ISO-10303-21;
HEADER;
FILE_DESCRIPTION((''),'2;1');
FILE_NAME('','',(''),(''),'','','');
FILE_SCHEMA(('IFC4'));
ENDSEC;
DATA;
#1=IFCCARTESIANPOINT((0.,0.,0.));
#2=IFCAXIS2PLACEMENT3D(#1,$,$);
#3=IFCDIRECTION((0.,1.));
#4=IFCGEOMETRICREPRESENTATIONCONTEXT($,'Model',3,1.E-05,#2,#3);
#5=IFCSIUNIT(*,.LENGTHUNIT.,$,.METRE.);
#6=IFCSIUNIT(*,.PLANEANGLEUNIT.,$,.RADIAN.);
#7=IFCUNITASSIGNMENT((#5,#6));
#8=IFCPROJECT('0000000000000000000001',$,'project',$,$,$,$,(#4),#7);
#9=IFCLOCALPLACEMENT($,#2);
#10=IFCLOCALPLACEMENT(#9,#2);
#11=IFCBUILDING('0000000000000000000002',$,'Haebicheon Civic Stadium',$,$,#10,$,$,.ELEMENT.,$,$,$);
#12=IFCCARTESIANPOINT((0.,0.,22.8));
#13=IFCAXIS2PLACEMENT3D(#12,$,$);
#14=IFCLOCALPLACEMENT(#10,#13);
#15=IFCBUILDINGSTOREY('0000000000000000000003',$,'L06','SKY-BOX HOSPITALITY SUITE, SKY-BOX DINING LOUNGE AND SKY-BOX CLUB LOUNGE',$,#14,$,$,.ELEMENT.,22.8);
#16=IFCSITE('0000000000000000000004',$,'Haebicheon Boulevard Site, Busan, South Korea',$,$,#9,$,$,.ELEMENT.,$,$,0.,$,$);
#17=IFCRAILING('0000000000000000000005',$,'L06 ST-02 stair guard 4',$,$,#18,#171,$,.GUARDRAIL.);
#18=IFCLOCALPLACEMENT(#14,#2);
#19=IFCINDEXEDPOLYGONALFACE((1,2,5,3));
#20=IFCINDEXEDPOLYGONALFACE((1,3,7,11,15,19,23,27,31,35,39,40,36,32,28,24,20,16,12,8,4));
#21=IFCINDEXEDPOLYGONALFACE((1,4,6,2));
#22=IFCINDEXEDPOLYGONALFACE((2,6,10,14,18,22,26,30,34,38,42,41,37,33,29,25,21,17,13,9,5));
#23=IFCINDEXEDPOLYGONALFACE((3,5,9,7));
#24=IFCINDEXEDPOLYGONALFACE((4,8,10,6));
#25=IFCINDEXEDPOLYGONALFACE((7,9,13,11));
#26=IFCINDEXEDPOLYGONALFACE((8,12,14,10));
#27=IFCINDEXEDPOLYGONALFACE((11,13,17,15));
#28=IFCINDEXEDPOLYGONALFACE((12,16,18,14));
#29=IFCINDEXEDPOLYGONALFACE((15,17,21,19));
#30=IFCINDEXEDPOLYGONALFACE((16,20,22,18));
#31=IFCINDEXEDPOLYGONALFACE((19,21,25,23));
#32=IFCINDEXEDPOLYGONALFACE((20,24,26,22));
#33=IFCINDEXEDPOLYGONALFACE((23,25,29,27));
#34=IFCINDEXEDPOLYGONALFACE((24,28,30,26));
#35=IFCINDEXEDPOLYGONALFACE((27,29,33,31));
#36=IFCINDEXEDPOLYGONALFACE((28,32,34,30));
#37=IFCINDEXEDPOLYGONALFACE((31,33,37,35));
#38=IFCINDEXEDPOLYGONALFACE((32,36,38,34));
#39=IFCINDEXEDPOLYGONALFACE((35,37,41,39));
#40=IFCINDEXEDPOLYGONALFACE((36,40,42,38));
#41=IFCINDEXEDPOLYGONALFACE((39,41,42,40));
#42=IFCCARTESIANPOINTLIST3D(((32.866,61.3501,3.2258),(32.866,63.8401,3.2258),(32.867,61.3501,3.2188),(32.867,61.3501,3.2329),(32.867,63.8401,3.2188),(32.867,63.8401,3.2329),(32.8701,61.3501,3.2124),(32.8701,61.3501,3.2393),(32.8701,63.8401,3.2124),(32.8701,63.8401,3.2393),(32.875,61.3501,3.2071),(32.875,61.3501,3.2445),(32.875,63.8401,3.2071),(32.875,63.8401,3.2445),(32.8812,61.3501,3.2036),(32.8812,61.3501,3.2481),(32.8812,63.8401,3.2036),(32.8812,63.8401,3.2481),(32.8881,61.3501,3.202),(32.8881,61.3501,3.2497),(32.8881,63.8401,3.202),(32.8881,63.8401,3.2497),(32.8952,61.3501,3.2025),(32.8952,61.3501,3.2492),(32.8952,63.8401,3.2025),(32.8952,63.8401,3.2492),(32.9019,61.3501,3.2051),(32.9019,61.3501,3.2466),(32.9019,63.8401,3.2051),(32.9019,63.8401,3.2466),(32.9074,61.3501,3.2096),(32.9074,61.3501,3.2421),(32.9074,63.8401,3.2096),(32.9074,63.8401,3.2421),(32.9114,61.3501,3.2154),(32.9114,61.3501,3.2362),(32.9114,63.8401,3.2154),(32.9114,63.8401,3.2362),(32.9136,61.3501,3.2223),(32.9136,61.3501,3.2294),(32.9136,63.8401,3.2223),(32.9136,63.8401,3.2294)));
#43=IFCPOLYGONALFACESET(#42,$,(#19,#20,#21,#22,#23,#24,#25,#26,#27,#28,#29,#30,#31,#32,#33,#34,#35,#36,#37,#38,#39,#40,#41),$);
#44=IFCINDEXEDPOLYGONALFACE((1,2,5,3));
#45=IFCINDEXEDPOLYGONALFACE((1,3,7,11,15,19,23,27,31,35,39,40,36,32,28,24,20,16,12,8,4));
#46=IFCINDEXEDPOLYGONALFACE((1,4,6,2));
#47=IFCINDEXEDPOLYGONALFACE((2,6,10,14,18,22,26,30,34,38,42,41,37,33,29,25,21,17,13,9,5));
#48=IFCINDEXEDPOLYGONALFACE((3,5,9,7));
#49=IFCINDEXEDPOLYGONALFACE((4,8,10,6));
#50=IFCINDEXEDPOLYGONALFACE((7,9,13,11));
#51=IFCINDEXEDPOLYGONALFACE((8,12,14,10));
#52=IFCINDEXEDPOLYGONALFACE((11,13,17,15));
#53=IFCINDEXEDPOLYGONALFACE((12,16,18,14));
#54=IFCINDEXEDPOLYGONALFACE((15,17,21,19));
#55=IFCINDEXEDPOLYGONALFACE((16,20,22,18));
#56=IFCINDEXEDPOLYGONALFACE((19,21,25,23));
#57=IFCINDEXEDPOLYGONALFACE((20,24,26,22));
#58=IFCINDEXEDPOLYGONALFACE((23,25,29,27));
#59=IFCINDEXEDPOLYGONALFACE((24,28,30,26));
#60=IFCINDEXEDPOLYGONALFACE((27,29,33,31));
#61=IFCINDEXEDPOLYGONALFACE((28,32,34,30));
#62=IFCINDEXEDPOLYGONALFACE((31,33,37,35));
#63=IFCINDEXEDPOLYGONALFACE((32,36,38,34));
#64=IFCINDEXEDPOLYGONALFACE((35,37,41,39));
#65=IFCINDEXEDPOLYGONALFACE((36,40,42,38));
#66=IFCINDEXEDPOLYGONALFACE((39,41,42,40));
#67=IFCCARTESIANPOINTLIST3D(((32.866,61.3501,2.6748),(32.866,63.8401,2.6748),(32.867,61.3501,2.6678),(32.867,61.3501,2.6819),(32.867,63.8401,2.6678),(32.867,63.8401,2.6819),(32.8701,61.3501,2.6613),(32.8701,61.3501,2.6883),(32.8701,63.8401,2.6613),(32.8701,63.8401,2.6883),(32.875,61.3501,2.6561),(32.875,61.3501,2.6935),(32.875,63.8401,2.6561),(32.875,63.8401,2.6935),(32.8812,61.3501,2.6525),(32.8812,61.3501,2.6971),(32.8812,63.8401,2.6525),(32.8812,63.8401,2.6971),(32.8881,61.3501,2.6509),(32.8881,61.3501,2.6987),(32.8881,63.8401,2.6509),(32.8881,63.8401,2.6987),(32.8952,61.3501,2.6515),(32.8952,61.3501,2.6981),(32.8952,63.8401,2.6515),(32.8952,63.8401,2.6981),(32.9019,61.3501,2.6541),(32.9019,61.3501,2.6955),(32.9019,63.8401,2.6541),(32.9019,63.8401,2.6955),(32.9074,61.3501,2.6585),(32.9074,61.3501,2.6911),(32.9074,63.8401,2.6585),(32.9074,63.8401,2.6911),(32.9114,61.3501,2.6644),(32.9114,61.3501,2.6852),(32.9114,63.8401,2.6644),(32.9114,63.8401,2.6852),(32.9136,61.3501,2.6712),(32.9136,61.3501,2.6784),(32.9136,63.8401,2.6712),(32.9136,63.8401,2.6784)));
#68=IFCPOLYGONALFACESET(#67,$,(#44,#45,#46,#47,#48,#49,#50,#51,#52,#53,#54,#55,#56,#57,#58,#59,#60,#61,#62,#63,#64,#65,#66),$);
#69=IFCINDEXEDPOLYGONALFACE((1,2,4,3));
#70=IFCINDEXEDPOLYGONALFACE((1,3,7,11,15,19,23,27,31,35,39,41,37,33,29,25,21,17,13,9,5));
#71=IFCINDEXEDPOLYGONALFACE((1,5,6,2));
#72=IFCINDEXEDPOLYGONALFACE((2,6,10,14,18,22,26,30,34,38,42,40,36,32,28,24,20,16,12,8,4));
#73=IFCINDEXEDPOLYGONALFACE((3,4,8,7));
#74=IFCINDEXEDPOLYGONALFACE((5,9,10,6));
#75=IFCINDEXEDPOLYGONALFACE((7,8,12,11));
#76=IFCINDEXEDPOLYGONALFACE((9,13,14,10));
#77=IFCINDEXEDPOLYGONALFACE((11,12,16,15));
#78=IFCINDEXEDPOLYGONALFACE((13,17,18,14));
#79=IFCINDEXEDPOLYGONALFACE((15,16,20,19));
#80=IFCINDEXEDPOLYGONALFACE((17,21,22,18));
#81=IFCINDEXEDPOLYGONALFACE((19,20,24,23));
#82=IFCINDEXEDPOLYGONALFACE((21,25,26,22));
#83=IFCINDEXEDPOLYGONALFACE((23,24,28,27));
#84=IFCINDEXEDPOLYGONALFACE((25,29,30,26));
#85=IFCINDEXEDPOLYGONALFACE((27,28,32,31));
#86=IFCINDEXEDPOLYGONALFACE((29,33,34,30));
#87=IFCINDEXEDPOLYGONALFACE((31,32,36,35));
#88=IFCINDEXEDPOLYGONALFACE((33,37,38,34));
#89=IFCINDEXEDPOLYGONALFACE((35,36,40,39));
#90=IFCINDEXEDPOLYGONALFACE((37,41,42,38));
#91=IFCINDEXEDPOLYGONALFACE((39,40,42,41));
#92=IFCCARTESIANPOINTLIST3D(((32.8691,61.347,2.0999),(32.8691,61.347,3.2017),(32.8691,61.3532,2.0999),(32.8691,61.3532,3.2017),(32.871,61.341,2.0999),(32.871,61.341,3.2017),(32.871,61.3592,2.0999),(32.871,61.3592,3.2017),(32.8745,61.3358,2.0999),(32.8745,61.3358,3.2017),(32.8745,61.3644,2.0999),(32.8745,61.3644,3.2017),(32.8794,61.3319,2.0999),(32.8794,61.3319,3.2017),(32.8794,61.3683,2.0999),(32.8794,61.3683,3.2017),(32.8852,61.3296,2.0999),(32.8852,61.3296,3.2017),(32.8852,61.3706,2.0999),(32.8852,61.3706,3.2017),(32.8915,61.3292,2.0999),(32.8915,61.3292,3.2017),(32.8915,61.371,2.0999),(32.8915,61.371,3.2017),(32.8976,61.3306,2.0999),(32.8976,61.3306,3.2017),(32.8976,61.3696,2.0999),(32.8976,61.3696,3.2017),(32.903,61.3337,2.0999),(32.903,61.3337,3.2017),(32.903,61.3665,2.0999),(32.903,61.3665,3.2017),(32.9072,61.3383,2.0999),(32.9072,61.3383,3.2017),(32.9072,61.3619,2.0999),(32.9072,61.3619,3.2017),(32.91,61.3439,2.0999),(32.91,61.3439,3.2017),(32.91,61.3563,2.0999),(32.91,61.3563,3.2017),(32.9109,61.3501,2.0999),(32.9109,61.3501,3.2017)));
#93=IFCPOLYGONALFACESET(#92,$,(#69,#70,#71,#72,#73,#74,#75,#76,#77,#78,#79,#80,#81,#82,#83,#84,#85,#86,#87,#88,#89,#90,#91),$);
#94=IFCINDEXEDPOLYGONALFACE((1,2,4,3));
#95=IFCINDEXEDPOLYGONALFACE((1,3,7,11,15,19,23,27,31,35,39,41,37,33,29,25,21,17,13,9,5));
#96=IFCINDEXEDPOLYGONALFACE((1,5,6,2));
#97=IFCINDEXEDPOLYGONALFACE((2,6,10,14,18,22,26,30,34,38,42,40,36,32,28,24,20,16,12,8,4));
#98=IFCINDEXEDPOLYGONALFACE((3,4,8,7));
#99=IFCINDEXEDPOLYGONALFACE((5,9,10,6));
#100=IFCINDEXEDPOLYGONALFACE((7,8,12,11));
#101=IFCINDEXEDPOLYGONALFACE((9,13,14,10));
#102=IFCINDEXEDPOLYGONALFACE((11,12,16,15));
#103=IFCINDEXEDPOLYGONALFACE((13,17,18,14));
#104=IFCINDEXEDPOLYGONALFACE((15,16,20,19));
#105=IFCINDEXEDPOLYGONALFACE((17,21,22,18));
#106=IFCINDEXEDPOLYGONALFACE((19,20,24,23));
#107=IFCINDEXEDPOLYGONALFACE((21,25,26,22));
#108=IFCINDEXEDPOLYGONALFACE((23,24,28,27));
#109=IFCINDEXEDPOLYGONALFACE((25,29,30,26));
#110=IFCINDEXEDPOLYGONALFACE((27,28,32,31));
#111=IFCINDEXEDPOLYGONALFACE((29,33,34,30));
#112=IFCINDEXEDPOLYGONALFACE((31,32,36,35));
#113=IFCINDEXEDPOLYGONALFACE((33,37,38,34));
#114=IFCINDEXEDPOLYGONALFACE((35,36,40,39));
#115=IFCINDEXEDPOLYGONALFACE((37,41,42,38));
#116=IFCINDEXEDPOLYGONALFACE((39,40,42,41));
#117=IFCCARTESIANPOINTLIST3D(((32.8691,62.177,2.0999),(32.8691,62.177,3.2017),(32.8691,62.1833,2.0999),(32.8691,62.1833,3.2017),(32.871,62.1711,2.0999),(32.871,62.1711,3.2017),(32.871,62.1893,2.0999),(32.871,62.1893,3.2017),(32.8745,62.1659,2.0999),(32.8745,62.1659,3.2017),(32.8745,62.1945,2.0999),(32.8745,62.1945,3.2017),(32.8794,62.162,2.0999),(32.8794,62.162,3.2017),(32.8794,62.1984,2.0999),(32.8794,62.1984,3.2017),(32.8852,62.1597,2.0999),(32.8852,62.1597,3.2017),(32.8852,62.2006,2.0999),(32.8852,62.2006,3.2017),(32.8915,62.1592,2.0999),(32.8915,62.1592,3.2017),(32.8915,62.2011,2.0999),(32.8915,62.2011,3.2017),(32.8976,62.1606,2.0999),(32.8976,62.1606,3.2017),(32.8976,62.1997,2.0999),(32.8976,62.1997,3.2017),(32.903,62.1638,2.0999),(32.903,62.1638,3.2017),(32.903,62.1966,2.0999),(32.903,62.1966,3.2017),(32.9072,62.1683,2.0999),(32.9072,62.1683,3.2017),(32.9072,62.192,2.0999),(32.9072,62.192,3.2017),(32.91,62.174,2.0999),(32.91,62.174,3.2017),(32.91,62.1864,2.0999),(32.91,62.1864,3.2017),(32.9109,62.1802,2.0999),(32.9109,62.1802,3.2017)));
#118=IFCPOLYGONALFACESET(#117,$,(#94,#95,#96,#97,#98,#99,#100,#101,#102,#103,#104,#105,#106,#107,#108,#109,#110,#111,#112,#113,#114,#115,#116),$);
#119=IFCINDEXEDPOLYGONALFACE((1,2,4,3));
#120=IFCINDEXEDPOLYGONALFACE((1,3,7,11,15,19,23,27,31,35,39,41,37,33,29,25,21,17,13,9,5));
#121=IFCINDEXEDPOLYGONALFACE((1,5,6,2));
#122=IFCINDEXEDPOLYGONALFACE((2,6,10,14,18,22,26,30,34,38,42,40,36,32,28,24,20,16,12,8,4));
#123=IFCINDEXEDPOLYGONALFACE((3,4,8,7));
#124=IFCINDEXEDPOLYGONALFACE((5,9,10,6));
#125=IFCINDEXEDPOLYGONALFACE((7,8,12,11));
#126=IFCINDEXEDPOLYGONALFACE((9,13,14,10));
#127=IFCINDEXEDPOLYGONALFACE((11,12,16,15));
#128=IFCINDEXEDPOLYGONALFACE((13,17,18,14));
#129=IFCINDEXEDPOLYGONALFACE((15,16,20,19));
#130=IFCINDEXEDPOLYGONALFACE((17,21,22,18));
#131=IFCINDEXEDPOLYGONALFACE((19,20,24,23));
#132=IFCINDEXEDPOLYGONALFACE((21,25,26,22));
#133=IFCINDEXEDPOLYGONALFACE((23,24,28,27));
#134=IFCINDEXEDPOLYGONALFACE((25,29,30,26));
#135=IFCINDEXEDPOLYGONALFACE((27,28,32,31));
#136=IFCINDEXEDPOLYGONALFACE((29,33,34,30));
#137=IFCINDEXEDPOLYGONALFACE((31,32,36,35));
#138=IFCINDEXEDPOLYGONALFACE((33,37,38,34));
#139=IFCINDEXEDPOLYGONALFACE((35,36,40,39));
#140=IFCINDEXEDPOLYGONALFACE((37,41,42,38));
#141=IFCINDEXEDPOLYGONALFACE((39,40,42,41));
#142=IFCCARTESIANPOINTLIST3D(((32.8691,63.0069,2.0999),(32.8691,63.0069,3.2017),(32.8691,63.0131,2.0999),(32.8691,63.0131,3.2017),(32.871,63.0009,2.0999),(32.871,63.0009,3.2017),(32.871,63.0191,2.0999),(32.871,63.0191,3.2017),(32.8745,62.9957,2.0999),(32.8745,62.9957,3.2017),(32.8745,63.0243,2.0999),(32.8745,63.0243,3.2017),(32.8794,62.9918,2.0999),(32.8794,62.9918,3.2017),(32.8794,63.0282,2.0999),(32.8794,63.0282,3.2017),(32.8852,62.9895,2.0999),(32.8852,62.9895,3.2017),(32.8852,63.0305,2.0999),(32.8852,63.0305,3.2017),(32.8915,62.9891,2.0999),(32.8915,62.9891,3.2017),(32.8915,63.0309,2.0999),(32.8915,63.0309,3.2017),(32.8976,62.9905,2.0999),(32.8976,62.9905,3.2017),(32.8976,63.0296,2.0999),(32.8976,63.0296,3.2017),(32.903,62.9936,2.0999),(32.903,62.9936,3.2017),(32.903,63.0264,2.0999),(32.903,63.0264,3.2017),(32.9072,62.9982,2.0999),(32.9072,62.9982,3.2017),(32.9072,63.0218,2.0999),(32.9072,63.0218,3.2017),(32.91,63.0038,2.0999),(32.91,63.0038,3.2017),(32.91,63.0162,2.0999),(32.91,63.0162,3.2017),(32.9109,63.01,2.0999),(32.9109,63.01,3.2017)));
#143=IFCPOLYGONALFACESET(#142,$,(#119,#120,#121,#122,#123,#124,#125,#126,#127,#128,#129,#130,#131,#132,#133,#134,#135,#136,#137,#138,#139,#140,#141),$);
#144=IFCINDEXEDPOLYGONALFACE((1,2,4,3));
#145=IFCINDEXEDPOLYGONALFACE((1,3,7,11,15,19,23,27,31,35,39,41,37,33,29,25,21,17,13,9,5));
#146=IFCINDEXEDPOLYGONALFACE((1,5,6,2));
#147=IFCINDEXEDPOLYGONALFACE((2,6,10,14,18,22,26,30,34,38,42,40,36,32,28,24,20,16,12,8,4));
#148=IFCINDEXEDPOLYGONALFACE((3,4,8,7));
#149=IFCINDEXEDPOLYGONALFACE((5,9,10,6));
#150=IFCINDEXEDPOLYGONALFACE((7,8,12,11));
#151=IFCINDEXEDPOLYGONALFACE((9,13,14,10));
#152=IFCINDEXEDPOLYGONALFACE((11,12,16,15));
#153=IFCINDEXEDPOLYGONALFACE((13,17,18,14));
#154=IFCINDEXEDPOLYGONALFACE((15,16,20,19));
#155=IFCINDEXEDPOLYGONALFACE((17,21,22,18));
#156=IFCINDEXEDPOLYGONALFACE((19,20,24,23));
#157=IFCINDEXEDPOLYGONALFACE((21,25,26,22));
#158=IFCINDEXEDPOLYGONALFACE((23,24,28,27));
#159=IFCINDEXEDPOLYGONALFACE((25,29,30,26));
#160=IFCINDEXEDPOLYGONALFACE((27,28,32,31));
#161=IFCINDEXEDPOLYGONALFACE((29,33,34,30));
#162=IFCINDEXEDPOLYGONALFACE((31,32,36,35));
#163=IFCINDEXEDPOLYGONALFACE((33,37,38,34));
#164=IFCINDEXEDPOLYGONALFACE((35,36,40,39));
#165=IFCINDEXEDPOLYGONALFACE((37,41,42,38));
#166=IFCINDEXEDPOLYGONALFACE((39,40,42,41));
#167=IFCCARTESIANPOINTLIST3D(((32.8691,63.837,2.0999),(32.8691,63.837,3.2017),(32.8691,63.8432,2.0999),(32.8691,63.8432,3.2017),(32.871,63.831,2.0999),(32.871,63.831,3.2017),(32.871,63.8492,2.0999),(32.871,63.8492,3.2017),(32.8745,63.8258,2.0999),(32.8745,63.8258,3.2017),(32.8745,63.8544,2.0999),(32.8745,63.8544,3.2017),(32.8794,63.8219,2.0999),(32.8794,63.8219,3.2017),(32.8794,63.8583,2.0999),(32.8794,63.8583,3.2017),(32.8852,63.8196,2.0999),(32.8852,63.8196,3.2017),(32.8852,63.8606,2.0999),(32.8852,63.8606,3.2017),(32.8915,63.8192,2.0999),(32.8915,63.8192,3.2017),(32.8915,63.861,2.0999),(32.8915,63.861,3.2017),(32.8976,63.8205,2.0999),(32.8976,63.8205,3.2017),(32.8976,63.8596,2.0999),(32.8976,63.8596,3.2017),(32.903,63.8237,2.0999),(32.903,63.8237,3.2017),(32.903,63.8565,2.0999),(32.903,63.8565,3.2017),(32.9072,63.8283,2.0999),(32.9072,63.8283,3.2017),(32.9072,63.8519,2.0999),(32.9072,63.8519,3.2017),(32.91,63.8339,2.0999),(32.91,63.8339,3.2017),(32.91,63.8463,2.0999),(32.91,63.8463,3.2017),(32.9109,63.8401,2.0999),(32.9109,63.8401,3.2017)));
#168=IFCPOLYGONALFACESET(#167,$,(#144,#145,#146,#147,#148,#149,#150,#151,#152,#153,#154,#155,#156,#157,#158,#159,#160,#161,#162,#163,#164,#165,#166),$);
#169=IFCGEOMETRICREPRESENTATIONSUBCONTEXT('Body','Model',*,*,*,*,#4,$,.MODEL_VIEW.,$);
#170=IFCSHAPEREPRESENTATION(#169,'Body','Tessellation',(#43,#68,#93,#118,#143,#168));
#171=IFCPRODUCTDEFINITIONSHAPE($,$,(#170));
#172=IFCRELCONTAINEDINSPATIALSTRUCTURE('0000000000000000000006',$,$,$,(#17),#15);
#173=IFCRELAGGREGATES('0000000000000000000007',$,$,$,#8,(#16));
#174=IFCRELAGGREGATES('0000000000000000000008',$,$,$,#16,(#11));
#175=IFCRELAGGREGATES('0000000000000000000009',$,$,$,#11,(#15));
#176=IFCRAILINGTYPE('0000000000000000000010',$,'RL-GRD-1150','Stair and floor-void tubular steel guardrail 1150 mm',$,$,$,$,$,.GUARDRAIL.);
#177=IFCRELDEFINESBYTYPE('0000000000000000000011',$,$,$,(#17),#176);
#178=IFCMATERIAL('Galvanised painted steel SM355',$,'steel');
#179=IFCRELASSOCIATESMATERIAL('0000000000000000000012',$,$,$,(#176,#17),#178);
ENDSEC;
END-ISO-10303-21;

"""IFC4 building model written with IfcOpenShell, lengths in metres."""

from ifc_helpers import new_model, si_unit, direction, frame, origin, origin_2d, place, context, subcontext, project, spatial, circle, extrude, material, type_object, element, save


model = new_model("IFC4")

# Units and contexts
model_context = context("Model", 3, precision=1e-05, world=origin(), true_north=direction((0.0, 1.0)))
body_context = subcontext(model_context, "Body", "Model", "MODEL_VIEW")
ifc_project = project(units=[si_unit("LENGTHUNIT", "METRE"), si_unit("PLANEANGLEUNIT", "RADIAN")], contexts=[model_context])

# Site, building, storey
site_placement = place(None, origin())
site = spatial("IfcSite", under=ifc_project, at=site_placement, Name="Haebicheon Boulevard Site, Busan, South Korea", CompositionType="ELEMENT", RefElevation=0.0)
building_placement = place(site_placement, origin())
building = spatial("IfcBuilding", under=site, at=building_placement, Name="Haebicheon Civic Stadium", CompositionType="ELEMENT")
storey_placement = place(building_placement, frame((0.0, 0.0, 22.8)))
storey = spatial("IfcBuildingStorey", under=building, at=storey_placement, Name="L06", Description="SKY-BOX HOSPITALITY SUITE, SKY-BOX DINING LOUNGE AND SKY-BOX CLUB LOUNGE", CompositionType="ELEMENT", Elevation=22.8)

# Railing
ifc_material_1 = material(Name="Galvanised painted steel SM355", Category="steel")
railing_type_1 = type_object("IfcRailingType", Name="RL-GRD-1150", Description="Stair and floor-void tubular steel guardrail 1150 mm", PredefinedType="GUARDRAIL", material=ifc_material_1)
for number, where, name in (
    (1, (32.8899, 61.3501, 2.0999), "L06 ST-02 stair guard 4"),
):
    element("IfcRailing", number, at=place(storey_placement, frame(where)), inside=storey, type_object=railing_type_1, material=ifc_material_1, Name=name, PredefinedType="GUARDRAIL", context=body_context, shape_type="SweptSolid", body=[
        extrude(circle(Radius=0.0239, at=origin_2d()), frame((0.0, 0.0, 1.126), z_axis=(0.0, 1.0, 0.0), x_axis=(-1.0, 0.0, 0.0)), (0.0, 0.0, 1.0), 2.49),
        extrude(circle(Radius=0.0239, at=origin_2d()), frame((0.0, 0.0, 0.575), z_axis=(0.0, 1.0, 0.0), x_axis=(-1.0, 0.0, 0.0)), (0.0, 0.0, 1.0), 2.49),
        extrude(circle(Radius=0.021, at=origin_2d()), origin(), (0.0, 0.0, 1.0), 1.1018),
        extrude(circle(Radius=0.021, at=origin_2d()), frame((0.0, 0.8301, 0.0)), (0.0, 0.0, 1.0), 1.1018),
        extrude(circle(Radius=0.021, at=origin_2d()), frame((0.0, 1.6599, 0.0)), (0.0, 0.0, 1.0), 1.1018),
        extrude(circle(Radius=0.021, at=origin_2d()), frame((0.0, 2.49, 0.0)), (0.0, 0.0, 1.0), 1.1018),
    ])

save(model, "model.ifc")
